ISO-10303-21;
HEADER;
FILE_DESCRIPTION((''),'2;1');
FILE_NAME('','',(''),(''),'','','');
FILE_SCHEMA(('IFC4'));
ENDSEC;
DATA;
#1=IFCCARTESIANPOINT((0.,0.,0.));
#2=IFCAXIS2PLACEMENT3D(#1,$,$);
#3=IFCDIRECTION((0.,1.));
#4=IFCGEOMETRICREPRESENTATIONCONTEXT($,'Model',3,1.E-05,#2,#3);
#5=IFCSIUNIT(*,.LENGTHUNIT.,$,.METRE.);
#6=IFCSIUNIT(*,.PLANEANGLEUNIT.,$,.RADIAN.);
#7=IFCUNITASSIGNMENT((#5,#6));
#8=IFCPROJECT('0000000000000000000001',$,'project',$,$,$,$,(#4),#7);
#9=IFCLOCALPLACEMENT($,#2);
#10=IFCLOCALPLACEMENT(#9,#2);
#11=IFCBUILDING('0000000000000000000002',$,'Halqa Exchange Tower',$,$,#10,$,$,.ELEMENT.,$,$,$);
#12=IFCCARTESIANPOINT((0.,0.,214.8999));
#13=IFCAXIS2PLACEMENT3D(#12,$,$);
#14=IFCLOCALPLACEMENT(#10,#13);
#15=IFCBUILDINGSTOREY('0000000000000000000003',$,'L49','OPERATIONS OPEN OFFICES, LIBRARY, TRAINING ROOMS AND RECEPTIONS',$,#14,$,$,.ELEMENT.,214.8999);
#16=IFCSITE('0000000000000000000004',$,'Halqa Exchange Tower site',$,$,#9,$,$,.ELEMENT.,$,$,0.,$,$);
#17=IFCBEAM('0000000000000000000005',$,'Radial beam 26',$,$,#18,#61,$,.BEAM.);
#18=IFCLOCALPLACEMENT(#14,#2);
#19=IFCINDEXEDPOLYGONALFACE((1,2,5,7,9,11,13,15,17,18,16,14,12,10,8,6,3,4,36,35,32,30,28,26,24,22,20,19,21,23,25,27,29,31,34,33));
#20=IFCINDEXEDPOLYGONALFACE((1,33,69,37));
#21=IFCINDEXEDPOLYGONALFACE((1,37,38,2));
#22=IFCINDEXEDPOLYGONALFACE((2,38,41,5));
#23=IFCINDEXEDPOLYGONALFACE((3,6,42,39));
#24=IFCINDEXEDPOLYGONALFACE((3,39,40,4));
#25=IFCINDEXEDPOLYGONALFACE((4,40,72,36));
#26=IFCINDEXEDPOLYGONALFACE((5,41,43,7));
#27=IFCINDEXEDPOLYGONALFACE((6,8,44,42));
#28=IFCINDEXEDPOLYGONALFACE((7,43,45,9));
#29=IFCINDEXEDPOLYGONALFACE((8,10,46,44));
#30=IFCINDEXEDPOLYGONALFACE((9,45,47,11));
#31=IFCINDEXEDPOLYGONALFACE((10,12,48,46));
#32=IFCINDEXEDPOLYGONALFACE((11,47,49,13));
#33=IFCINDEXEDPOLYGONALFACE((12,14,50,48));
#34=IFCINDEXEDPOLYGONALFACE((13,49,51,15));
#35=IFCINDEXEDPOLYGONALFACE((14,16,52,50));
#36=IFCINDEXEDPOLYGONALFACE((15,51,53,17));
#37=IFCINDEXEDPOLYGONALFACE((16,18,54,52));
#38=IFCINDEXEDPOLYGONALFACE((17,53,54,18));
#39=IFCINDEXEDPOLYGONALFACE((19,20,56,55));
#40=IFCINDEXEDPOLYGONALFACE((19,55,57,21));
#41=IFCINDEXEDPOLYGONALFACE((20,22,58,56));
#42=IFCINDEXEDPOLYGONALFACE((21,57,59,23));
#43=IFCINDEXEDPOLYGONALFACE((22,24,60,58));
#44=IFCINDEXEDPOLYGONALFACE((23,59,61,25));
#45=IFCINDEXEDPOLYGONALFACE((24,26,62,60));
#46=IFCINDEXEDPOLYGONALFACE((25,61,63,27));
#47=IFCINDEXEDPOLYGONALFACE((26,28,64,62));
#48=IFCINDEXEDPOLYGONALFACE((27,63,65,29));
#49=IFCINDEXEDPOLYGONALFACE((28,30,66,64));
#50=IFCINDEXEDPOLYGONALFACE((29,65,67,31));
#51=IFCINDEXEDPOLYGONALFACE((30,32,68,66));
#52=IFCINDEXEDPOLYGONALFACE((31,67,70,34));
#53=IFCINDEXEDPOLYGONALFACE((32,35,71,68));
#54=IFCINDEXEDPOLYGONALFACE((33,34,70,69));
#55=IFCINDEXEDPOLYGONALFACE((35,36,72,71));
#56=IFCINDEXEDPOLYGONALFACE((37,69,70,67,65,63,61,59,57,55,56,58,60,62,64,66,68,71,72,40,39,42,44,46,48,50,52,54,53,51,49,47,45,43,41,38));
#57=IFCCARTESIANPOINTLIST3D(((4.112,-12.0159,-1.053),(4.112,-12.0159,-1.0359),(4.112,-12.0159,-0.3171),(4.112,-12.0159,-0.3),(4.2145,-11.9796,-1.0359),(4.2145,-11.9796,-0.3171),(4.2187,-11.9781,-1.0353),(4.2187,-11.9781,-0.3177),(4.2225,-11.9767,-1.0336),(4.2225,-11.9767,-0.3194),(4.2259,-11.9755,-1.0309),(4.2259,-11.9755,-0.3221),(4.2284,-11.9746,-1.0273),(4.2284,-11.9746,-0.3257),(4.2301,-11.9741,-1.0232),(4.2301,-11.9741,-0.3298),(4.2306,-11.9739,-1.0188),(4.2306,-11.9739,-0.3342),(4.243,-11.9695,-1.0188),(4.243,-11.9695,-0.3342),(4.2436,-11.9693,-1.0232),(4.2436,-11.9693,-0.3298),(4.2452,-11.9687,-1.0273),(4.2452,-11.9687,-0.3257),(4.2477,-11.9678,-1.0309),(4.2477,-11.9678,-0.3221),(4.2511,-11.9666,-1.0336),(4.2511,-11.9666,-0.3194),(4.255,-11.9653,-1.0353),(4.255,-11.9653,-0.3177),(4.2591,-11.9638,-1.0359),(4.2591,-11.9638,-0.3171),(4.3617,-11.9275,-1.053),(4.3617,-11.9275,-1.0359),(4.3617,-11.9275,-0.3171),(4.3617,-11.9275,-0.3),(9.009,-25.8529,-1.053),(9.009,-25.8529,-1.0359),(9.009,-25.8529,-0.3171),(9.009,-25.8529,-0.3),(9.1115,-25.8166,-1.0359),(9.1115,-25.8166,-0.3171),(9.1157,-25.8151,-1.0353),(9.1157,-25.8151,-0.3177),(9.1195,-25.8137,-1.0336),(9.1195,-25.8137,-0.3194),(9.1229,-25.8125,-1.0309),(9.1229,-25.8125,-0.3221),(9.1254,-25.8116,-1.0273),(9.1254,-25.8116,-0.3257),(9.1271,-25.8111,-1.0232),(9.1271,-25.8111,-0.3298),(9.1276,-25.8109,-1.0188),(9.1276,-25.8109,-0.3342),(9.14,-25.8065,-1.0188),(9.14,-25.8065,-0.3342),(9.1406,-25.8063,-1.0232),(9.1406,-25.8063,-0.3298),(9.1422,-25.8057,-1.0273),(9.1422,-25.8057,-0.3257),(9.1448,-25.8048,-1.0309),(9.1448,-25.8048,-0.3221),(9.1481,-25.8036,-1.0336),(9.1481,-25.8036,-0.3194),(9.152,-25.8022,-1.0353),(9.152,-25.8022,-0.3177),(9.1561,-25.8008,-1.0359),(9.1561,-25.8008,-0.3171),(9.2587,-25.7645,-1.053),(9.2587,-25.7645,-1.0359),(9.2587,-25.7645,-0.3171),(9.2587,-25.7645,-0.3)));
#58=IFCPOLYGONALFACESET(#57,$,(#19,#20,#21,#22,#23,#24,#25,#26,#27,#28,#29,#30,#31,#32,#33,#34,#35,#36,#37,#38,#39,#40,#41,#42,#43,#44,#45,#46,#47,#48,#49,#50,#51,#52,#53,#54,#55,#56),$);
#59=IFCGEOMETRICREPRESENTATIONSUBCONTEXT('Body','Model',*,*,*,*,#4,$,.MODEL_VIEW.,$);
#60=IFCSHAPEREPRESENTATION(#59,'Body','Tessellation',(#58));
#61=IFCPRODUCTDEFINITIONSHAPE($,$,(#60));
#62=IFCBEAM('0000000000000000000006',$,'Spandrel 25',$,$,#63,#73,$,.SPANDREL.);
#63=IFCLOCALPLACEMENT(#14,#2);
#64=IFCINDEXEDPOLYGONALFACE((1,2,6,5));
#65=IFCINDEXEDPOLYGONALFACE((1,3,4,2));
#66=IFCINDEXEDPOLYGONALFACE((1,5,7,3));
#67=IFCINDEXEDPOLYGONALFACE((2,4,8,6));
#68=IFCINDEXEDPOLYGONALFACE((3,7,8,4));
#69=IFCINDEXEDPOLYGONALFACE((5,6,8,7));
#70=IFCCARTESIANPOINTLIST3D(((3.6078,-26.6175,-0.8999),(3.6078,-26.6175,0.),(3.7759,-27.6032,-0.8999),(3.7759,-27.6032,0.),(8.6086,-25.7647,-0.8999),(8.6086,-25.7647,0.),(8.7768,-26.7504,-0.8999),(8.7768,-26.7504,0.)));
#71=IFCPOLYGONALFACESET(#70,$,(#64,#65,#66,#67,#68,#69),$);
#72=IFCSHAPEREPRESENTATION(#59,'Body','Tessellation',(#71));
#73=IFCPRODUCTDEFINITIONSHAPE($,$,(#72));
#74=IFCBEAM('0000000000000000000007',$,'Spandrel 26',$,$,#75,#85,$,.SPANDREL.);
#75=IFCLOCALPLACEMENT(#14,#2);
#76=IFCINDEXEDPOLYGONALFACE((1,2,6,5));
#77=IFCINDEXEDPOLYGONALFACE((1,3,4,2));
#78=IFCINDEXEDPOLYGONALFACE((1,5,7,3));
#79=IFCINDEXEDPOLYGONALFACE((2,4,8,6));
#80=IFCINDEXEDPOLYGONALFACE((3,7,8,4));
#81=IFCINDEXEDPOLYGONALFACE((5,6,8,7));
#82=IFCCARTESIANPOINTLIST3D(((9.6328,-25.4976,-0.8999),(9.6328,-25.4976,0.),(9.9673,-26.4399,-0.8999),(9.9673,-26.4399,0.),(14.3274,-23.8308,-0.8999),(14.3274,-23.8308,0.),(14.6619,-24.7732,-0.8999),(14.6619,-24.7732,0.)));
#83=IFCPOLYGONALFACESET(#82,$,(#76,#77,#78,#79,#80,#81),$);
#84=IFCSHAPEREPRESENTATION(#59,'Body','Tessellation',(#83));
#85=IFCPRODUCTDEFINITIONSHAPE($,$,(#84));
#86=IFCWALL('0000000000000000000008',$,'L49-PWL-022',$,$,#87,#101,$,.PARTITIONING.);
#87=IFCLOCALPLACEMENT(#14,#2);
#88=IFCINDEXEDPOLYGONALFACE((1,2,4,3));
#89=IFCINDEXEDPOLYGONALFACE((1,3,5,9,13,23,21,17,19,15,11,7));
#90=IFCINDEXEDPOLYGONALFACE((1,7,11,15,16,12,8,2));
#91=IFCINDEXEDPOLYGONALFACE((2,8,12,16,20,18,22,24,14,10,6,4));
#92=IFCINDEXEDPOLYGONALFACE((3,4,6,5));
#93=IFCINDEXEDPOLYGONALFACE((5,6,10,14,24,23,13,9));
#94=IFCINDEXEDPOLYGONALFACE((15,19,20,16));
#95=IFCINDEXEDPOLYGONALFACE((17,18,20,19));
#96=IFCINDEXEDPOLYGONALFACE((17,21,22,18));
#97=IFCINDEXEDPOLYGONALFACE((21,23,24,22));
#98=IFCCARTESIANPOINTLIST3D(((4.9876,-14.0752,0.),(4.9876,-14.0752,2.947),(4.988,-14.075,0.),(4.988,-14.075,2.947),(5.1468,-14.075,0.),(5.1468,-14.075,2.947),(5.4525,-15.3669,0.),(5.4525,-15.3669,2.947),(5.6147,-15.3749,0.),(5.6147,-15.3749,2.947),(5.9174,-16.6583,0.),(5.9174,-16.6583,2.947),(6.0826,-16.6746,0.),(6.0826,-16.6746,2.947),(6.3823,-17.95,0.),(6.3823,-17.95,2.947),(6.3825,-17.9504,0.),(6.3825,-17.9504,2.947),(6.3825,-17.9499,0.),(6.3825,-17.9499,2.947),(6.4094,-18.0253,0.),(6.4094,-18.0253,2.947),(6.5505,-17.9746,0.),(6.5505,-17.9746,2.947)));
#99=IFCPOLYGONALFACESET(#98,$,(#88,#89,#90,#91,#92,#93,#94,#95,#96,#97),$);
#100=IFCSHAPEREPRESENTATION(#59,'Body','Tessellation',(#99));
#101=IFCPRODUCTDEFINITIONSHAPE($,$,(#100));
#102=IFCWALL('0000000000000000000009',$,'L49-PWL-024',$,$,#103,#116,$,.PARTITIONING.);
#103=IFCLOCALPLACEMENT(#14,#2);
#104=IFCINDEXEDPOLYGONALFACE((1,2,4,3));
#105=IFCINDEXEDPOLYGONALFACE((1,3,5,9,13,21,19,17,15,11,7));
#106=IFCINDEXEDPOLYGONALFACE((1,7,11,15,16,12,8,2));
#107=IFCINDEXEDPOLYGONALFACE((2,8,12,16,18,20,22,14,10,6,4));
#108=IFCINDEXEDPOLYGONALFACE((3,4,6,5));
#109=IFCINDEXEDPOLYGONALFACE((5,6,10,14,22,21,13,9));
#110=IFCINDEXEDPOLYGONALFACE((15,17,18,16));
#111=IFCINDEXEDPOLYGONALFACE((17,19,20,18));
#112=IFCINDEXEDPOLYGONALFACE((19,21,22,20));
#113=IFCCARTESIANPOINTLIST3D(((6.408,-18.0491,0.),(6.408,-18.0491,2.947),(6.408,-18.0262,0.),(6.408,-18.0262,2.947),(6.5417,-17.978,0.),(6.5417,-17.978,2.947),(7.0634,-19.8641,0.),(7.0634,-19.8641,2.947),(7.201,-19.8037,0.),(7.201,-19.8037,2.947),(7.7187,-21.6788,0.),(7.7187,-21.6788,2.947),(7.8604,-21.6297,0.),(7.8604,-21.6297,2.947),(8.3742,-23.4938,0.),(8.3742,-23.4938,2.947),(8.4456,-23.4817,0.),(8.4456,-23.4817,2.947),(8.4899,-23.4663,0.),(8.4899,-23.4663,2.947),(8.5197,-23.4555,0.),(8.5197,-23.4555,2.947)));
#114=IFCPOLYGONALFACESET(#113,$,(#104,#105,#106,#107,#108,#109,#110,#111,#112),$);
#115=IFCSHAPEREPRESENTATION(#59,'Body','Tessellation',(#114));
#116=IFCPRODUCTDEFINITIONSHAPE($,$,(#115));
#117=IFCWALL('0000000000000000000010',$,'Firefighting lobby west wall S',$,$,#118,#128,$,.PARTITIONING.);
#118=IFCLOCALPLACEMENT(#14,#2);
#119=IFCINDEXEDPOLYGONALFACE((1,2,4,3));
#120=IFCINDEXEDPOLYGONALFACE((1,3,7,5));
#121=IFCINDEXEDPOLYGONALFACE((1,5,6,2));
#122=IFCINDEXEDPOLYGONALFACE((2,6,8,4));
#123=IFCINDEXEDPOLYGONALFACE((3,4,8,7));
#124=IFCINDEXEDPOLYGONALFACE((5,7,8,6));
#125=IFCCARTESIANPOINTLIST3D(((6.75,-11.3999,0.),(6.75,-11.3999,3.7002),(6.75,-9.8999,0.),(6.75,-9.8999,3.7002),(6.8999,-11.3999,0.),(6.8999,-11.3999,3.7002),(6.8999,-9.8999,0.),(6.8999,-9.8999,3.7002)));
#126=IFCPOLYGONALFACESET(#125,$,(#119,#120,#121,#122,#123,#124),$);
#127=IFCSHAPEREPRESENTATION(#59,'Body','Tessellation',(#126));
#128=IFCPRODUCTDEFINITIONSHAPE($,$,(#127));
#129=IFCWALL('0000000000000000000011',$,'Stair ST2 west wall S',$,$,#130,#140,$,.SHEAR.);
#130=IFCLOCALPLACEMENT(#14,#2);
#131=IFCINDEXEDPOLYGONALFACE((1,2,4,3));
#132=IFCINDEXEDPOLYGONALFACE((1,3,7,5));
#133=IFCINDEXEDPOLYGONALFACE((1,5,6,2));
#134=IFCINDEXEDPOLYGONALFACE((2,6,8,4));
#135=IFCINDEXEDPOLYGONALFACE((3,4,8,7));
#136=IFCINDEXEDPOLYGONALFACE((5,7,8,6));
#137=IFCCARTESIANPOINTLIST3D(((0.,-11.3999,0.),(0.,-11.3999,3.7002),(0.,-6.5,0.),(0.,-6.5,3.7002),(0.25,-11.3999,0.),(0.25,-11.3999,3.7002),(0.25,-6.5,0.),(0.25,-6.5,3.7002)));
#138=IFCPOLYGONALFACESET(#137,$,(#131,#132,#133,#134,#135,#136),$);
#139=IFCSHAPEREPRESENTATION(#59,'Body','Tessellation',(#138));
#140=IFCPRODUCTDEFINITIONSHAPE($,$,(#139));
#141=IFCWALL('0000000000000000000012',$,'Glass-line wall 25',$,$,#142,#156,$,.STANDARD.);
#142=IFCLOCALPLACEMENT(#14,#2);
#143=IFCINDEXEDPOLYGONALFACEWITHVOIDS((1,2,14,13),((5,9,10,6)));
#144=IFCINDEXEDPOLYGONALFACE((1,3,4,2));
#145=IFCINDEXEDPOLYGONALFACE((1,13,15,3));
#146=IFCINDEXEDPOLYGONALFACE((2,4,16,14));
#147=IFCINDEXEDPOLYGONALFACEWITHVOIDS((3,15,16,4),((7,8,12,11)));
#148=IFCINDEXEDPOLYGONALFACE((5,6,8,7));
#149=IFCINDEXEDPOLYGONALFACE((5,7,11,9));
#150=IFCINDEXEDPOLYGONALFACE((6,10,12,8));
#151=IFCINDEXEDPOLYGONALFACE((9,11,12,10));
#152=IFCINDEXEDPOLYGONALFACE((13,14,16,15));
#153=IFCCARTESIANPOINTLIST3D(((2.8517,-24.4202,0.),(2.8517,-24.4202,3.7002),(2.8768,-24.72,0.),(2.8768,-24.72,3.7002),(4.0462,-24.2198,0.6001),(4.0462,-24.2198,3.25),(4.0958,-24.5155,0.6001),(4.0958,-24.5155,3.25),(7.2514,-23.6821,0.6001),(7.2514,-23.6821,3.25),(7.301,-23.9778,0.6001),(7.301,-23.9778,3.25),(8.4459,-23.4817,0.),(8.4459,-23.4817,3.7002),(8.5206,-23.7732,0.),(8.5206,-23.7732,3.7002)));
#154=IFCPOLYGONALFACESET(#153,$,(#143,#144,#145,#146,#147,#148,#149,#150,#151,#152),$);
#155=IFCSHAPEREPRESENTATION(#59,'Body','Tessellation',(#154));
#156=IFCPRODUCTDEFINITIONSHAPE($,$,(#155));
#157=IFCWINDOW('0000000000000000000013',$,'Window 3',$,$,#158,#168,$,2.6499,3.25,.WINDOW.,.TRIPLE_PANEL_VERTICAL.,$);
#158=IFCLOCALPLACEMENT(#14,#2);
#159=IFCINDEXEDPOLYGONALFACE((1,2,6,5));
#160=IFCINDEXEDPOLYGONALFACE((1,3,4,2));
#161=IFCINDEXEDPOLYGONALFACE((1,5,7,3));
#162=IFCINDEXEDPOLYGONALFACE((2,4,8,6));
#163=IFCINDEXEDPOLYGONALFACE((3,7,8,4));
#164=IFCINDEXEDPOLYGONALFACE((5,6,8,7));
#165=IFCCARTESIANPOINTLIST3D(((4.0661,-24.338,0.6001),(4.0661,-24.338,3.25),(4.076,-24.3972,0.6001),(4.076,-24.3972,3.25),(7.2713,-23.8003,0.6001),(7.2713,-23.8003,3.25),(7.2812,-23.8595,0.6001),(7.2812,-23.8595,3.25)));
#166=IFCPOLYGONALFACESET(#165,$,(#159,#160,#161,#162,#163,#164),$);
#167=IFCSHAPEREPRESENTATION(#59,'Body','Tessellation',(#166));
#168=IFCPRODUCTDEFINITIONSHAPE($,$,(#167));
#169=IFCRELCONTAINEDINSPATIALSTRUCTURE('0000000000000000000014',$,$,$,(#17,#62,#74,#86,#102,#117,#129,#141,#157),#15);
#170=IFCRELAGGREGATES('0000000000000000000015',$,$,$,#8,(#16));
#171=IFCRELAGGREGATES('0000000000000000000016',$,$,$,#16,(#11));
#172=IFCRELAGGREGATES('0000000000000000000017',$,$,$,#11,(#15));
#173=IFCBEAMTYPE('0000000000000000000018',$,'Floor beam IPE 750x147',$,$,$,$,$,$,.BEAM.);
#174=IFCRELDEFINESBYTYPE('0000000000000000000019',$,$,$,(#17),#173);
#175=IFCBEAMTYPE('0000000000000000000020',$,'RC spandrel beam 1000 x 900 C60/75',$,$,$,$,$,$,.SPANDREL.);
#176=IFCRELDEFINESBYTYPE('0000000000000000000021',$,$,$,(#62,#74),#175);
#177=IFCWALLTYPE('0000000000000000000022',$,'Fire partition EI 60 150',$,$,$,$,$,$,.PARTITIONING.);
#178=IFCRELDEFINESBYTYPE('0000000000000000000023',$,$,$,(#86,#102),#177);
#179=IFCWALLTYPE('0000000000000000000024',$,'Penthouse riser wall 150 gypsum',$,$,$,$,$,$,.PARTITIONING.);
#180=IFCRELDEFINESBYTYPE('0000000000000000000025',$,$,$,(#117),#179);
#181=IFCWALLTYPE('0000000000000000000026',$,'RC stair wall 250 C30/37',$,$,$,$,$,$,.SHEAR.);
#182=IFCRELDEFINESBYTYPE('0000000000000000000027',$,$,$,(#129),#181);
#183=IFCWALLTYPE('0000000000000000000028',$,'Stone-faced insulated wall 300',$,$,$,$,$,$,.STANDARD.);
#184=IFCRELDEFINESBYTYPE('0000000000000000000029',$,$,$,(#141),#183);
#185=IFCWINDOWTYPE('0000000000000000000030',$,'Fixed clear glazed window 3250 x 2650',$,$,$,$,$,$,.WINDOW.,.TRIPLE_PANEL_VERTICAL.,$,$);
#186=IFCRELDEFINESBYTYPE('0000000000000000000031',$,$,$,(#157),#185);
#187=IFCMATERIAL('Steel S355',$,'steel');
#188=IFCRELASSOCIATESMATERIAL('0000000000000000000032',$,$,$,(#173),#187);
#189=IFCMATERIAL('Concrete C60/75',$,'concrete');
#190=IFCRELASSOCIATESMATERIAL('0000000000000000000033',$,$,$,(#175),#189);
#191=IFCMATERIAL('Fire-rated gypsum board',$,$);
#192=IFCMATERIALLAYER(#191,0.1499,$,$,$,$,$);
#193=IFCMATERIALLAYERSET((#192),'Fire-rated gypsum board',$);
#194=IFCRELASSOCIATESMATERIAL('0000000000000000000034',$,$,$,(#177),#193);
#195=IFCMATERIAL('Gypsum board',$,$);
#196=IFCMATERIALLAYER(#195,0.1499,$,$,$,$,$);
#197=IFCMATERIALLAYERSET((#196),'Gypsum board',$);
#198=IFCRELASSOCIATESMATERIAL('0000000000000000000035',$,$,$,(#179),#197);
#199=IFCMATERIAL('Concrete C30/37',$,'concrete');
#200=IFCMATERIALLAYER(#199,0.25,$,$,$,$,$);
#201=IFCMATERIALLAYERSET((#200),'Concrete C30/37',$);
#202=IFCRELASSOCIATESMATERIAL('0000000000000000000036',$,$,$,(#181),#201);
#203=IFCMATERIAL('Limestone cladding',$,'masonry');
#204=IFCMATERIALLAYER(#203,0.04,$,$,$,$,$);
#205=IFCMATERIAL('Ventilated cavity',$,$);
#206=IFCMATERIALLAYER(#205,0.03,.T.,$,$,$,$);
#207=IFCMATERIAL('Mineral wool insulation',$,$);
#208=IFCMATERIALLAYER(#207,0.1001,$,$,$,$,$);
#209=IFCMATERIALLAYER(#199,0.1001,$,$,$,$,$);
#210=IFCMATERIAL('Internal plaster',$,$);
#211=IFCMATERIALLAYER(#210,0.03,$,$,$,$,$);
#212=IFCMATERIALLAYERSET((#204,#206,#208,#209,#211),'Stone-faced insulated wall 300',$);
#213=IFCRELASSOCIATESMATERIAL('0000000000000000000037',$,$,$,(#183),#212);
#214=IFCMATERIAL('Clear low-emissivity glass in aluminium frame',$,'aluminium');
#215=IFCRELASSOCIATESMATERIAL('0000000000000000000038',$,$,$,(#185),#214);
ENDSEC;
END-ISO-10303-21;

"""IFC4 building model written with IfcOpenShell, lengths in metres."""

from ifc_helpers import new_model, si_unit, direction, frame, frame_2d, origin, origin_2d, place, context, subcontext, project, spatial, polyline, rectangle, i_section, outline, extrude, material, layer, layer_set, material_profile, profile_set, type_object, element, fill, save


model = new_model("IFC4")

# Units and contexts
model_context = context("Model", 3, precision=1e-05, world=origin(), true_north=direction((0.0, 1.0)))
body_context = subcontext(model_context, "Body", "Model", "MODEL_VIEW")
ifc_project = project(units=[si_unit("LENGTHUNIT", "METRE"), si_unit("PLANEANGLEUNIT", "RADIAN")], contexts=[model_context])

# Site, building, storey
site_placement = place(None, origin())
site = spatial("IfcSite", under=ifc_project, at=site_placement, Name="Halqa Exchange Tower site", CompositionType="ELEMENT", RefElevation=0.0)
building_placement = place(site_placement, origin())
building = spatial("IfcBuilding", under=site, at=building_placement, Name="Halqa Exchange Tower", CompositionType="ELEMENT")
storey_placement = place(building_placement, frame((0.0, 0.0, 214.8999)))
storey = spatial("IfcBuildingStorey", under=building, at=storey_placement, Name="L49", Description="OPERATIONS OPEN OFFICES, LIBRARY, TRAINING ROOMS AND RECEPTIONS", CompositionType="ELEMENT", Elevation=214.8999)

# Shared definitions
ifc_material_1 = material(Name="Concrete C60/75", Category="concrete")

# Beams
ifc_material_2 = material(Name="Steel S355", Category="steel")
ifc_material_profile_1 = material_profile(ifc_material_2, i_section(OverallWidth=0.2649, OverallDepth=0.7529, WebThickness=0.0132, FlangeThickness=0.0171, FilletRadius=0.0171, at=origin_2d()), Name="IPE 750x147")
ifc_profile_set_1 = profile_set([ifc_material_profile_1], Name="Steel S355")
beam_type_1 = type_object("IfcBeamType", Name="Floor beam IPE 750x147", PredefinedType="BEAM", material=ifc_profile_set_1)
beam_1_placement = place(storey_placement, frame((4.2368, -11.9717, -0.6765), z_axis=(0.333629, -0.942704, 0.0), x_axis=(0.942704, 0.333629, 0.0)))
element("IfcBeam", 1, at=beam_1_placement, inside=storey, type_object=beam_type_1, Name="Radial beam 26", PredefinedType="BEAM", context=body_context, shape_type="SweptSolid", body=[
    extrude(i_section(OverallWidth=0.2649, OverallDepth=0.7529, WebThickness=0.0132, FlangeThickness=0.0171, FilletRadius=0.0171, at=origin_2d()), origin(), (0.0, 0.0, 1.0), 14.678),
])
ifc_material_profile_2 = material_profile(ifc_material_1, rectangle(XDim=1.0, YDim=0.8999, at=origin_2d()), Name="1000 x 900")
ifc_profile_set_2 = profile_set([ifc_material_profile_2], Name="Concrete C60/75")
beam_type_2 = type_object("IfcBeamType", Name="RC spandrel beam 1000 x 900 C60/75", PredefinedType="SPANDREL", material=ifc_profile_set_2)
beam_2_placement = place(storey_placement, frame((3.6919, -27.1104, -0.45), z_axis=(0.985769, 0.168105, 0.0), x_axis=(-0.168105, 0.985769, 0.0)))
element("IfcBeam", 2, at=beam_2_placement, inside=storey, type_object=beam_type_2, Name="Spandrel 25", PredefinedType="SPANDREL", context=body_context, shape_type="SweptSolid", body=[
    extrude(rectangle(XDim=1.0, YDim=0.8999, at=origin_2d()), origin(), (0.0, 0.0, 1.0), 5.073),
])
beam_3_placement = place(storey_placement, frame((9.8, -25.9688, -0.45), z_axis=(0.942369, 0.334576, 0.0), x_axis=(-0.334576, 0.942369, 0.0)))
element("IfcBeam", 3, at=beam_3_placement, inside=storey, type_object=beam_type_2, Name="Spandrel 26", PredefinedType="SPANDREL", context=body_context, shape_type="SweptSolid", body=[
    extrude(rectangle(XDim=1.0, YDim=0.8999, at=origin_2d()), origin(), (0.0, 0.0, 1.0), 4.9817),
])

# Walls
ifc_material_3 = material(Name="Fire-rated gypsum board")
ifc_layer_1 = layer(ifc_material_3, 0.1499)
ifc_layer_set_1 = layer_set([ifc_layer_1], Name="Fire-rated gypsum board")
wall_type_1 = type_object("IfcWallType", Name="Fire partition EI 60 150", PredefinedType="PARTITIONING", material=ifc_layer_set_1)
wall_1_placement = place(storey_placement, frame((5.0581, -14.0498, 0.0), z_axis=(0.0, 0.0, 1.0), x_axis=(0.338678, -0.940902, 0.0)))
element("IfcWall", 4, at=wall_1_placement, inside=storey, type_object=wall_type_1, Name="L49-PWL-022", PredefinedType="PARTITIONING", context=body_context, shape_type="SweptSolid", body=[
    extrude(outline(polyline([(0.0, -0.075), (1.3728, -0.075), (2.7454, -0.075), (4.1182, -0.075), (4.1182, -0.0747), (4.1187, -0.075), (4.1982, -0.075), (4.1982, 0.075), (2.8167, 0.075), (1.4353, 0.075), (0.0537, 0.075), (0.0, -0.0745), (0.0, -0.075)])), origin(), (0.0, 0.0, 1.0), 2.947),
])
wall_2_placement = place(storey_placement, frame((6.4712, -18.0034, 0.0), z_axis=(0.0, 0.0, 1.0), x_axis=(0.339649, -0.940552, 0.0)))
element("IfcWall", 5, at=wall_2_placement, inside=storey, type_object=wall_type_1, Name="L49-PWL-024", PredefinedType="PARTITIONING", context=body_context, shape_type="SweptSolid", body=[
    extrude(outline(polyline([(0.0215, -0.075), (1.9512, -0.075), (3.8806, -0.075), (5.8103, -0.075), (5.8232, -0.0037), (5.8237, 0.0432), (5.8237, 0.075), (3.8826, 0.075), (1.9412, 0.075), (0.0, 0.075), (0.0, -0.0671), (0.0215, -0.075)])), origin(), (0.0, 0.0, 1.0), 2.947),
])

# Shared definitions
ifc_material_4 = material(Name="Gypsum board")

# Walls
ifc_layer_2 = layer(ifc_material_4, 0.1499)
ifc_layer_set_2 = layer_set([ifc_layer_2], Name="Gypsum board")
wall_type_2 = type_object("IfcWallType", Name="Penthouse riser wall 150 gypsum", PredefinedType="PARTITIONING", material=ifc_layer_set_2)
wall_3_placement = place(storey_placement, frame((6.825, -11.3999, 0.0), z_axis=(0.0, 0.0, 1.0), x_axis=(0.0, 1.0, 0.0)))
element("IfcWall", 6, at=wall_3_placement, inside=storey, type_object=wall_type_2, Name="Firefighting lobby west wall S", PredefinedType="PARTITIONING", context=body_context, shape_type="SweptSolid", body=[
    extrude(rectangle(XDim=1.5, YDim=0.1499, at=frame_2d((0.75, 0.0))), origin(), (0.0, 0.0, 1.0), 3.7002),
])
ifc_material_5 = material(Name="Concrete C30/37", Category="concrete")
ifc_layer_3 = layer(ifc_material_5, 0.25)
ifc_layer_set_3 = layer_set([ifc_layer_3], Name="Concrete C30/37")
wall_type_3 = type_object("IfcWallType", Name="RC stair wall 250 C30/37", PredefinedType="SHEAR", material=ifc_layer_set_3)
wall_4_placement = place(storey_placement, frame((0.125, -11.3999, 0.0), z_axis=(0.0, 0.0, 1.0), x_axis=(0.0, 1.0, 0.0)))
element("IfcWall", 7, at=wall_4_placement, inside=storey, type_object=wall_type_3, Name="Stair ST2 west wall S", PredefinedType="SHEAR", context=body_context, shape_type="SweptSolid", body=[
    extrude(rectangle(XDim=4.8999, YDim=0.25, at=frame_2d((2.45, 0.0))), origin(), (0.0, 0.0, 1.0), 3.7002),
])

# Wall, opening, window
ifc_material_6 = material(Name="Limestone cladding", Category="masonry")
ifc_layer_4 = layer(ifc_material_6, 0.04)
ifc_material_7 = material(Name="Ventilated cavity")
ifc_layer_5 = layer(ifc_material_7, 0.03, ventilated=True)
ifc_material_8 = material(Name="Mineral wool insulation")
ifc_layer_6 = layer(ifc_material_8, 0.1001)
ifc_layer_7 = layer(ifc_material_5, 0.1001)
ifc_material_9 = material(Name="Internal plaster")
ifc_layer_8 = layer(ifc_material_9, 0.03)
ifc_layer_set_4 = layer_set([ifc_layer_4, ifc_layer_5, ifc_layer_6, ifc_layer_7, ifc_layer_8], Name="Stone-faced insulated wall 300")
wall_type_4 = type_object("IfcWallType", Name="Stone-faced insulated wall 300", PredefinedType="STANDARD", material=ifc_layer_set_4)
wall_5_placement = place(storey_placement, frame((2.8643, -24.5701, 0.0), z_axis=(0.0, 0.0, 1.0), x_axis=(0.986218, 0.165448, 0.0)))
wall_5 = element("IfcWall", 8, at=wall_5_placement, inside=storey, type_object=wall_type_4, Name="Glass-line wall 25", PredefinedType="STANDARD", context=body_context, shape_type="SweptSolid", body=[
    extrude(outline(polyline([(-0.0125, -0.1499), (5.7102, -0.1499), (5.6848, 0.1499), (0.0125, 0.1499), (-0.0125, -0.1499)])), origin(), (0.0, 0.0, 1.0), 3.7002),
])
opening_1_placement = place(wall_5_placement, frame((1.2236, 0.0, 0.6001)))
opening_1 = element("IfcOpeningElement", 9, at=opening_1_placement, cuts=wall_5, PredefinedType="OPENING", context=body_context, shape_type="SweptSolid", body=[
    extrude(rectangle(XDim=3.25, YDim=2.6499, at=frame_2d((1.625, 1.325))), frame((0.0, 0.1621, 0.0), z_axis=(0.0, -1.0, 0.0), x_axis=(1.0, 0.0, 0.0)), (0.0, 0.0, 1.0), 0.324),
])
ifc_material_10 = material(Name="Clear low-emissivity glass in aluminium frame", Category="aluminium")
window_type = type_object("IfcWindowType", Name="Fixed clear glazed window 3250 x 2650", PartitioningType="TRIPLE_PANEL_VERTICAL", PredefinedType="WINDOW", material=ifc_material_10)
window_1_placement = place(opening_1_placement, origin())
window_1 = element("IfcWindow", 10, at=window_1_placement, inside=storey, type_object=window_type, Name="Window 3", OverallHeight=2.6499, OverallWidth=3.25, PartitioningType="TRIPLE_PANEL_VERTICAL", PredefinedType="WINDOW", context=body_context, shape_type="SweptSolid", body=[
    extrude(rectangle(XDim=3.25, YDim=2.6499, at=frame_2d((1.625, 1.325))), frame((0.0, 0.03, 0.0), z_axis=(0.0, -1.0, 0.0), x_axis=(1.0, 0.0, 0.0)), (0.0, 0.0, 1.0), 0.0601),
])
fill(opening_1, window_1)

save(model, "model.ifc")
